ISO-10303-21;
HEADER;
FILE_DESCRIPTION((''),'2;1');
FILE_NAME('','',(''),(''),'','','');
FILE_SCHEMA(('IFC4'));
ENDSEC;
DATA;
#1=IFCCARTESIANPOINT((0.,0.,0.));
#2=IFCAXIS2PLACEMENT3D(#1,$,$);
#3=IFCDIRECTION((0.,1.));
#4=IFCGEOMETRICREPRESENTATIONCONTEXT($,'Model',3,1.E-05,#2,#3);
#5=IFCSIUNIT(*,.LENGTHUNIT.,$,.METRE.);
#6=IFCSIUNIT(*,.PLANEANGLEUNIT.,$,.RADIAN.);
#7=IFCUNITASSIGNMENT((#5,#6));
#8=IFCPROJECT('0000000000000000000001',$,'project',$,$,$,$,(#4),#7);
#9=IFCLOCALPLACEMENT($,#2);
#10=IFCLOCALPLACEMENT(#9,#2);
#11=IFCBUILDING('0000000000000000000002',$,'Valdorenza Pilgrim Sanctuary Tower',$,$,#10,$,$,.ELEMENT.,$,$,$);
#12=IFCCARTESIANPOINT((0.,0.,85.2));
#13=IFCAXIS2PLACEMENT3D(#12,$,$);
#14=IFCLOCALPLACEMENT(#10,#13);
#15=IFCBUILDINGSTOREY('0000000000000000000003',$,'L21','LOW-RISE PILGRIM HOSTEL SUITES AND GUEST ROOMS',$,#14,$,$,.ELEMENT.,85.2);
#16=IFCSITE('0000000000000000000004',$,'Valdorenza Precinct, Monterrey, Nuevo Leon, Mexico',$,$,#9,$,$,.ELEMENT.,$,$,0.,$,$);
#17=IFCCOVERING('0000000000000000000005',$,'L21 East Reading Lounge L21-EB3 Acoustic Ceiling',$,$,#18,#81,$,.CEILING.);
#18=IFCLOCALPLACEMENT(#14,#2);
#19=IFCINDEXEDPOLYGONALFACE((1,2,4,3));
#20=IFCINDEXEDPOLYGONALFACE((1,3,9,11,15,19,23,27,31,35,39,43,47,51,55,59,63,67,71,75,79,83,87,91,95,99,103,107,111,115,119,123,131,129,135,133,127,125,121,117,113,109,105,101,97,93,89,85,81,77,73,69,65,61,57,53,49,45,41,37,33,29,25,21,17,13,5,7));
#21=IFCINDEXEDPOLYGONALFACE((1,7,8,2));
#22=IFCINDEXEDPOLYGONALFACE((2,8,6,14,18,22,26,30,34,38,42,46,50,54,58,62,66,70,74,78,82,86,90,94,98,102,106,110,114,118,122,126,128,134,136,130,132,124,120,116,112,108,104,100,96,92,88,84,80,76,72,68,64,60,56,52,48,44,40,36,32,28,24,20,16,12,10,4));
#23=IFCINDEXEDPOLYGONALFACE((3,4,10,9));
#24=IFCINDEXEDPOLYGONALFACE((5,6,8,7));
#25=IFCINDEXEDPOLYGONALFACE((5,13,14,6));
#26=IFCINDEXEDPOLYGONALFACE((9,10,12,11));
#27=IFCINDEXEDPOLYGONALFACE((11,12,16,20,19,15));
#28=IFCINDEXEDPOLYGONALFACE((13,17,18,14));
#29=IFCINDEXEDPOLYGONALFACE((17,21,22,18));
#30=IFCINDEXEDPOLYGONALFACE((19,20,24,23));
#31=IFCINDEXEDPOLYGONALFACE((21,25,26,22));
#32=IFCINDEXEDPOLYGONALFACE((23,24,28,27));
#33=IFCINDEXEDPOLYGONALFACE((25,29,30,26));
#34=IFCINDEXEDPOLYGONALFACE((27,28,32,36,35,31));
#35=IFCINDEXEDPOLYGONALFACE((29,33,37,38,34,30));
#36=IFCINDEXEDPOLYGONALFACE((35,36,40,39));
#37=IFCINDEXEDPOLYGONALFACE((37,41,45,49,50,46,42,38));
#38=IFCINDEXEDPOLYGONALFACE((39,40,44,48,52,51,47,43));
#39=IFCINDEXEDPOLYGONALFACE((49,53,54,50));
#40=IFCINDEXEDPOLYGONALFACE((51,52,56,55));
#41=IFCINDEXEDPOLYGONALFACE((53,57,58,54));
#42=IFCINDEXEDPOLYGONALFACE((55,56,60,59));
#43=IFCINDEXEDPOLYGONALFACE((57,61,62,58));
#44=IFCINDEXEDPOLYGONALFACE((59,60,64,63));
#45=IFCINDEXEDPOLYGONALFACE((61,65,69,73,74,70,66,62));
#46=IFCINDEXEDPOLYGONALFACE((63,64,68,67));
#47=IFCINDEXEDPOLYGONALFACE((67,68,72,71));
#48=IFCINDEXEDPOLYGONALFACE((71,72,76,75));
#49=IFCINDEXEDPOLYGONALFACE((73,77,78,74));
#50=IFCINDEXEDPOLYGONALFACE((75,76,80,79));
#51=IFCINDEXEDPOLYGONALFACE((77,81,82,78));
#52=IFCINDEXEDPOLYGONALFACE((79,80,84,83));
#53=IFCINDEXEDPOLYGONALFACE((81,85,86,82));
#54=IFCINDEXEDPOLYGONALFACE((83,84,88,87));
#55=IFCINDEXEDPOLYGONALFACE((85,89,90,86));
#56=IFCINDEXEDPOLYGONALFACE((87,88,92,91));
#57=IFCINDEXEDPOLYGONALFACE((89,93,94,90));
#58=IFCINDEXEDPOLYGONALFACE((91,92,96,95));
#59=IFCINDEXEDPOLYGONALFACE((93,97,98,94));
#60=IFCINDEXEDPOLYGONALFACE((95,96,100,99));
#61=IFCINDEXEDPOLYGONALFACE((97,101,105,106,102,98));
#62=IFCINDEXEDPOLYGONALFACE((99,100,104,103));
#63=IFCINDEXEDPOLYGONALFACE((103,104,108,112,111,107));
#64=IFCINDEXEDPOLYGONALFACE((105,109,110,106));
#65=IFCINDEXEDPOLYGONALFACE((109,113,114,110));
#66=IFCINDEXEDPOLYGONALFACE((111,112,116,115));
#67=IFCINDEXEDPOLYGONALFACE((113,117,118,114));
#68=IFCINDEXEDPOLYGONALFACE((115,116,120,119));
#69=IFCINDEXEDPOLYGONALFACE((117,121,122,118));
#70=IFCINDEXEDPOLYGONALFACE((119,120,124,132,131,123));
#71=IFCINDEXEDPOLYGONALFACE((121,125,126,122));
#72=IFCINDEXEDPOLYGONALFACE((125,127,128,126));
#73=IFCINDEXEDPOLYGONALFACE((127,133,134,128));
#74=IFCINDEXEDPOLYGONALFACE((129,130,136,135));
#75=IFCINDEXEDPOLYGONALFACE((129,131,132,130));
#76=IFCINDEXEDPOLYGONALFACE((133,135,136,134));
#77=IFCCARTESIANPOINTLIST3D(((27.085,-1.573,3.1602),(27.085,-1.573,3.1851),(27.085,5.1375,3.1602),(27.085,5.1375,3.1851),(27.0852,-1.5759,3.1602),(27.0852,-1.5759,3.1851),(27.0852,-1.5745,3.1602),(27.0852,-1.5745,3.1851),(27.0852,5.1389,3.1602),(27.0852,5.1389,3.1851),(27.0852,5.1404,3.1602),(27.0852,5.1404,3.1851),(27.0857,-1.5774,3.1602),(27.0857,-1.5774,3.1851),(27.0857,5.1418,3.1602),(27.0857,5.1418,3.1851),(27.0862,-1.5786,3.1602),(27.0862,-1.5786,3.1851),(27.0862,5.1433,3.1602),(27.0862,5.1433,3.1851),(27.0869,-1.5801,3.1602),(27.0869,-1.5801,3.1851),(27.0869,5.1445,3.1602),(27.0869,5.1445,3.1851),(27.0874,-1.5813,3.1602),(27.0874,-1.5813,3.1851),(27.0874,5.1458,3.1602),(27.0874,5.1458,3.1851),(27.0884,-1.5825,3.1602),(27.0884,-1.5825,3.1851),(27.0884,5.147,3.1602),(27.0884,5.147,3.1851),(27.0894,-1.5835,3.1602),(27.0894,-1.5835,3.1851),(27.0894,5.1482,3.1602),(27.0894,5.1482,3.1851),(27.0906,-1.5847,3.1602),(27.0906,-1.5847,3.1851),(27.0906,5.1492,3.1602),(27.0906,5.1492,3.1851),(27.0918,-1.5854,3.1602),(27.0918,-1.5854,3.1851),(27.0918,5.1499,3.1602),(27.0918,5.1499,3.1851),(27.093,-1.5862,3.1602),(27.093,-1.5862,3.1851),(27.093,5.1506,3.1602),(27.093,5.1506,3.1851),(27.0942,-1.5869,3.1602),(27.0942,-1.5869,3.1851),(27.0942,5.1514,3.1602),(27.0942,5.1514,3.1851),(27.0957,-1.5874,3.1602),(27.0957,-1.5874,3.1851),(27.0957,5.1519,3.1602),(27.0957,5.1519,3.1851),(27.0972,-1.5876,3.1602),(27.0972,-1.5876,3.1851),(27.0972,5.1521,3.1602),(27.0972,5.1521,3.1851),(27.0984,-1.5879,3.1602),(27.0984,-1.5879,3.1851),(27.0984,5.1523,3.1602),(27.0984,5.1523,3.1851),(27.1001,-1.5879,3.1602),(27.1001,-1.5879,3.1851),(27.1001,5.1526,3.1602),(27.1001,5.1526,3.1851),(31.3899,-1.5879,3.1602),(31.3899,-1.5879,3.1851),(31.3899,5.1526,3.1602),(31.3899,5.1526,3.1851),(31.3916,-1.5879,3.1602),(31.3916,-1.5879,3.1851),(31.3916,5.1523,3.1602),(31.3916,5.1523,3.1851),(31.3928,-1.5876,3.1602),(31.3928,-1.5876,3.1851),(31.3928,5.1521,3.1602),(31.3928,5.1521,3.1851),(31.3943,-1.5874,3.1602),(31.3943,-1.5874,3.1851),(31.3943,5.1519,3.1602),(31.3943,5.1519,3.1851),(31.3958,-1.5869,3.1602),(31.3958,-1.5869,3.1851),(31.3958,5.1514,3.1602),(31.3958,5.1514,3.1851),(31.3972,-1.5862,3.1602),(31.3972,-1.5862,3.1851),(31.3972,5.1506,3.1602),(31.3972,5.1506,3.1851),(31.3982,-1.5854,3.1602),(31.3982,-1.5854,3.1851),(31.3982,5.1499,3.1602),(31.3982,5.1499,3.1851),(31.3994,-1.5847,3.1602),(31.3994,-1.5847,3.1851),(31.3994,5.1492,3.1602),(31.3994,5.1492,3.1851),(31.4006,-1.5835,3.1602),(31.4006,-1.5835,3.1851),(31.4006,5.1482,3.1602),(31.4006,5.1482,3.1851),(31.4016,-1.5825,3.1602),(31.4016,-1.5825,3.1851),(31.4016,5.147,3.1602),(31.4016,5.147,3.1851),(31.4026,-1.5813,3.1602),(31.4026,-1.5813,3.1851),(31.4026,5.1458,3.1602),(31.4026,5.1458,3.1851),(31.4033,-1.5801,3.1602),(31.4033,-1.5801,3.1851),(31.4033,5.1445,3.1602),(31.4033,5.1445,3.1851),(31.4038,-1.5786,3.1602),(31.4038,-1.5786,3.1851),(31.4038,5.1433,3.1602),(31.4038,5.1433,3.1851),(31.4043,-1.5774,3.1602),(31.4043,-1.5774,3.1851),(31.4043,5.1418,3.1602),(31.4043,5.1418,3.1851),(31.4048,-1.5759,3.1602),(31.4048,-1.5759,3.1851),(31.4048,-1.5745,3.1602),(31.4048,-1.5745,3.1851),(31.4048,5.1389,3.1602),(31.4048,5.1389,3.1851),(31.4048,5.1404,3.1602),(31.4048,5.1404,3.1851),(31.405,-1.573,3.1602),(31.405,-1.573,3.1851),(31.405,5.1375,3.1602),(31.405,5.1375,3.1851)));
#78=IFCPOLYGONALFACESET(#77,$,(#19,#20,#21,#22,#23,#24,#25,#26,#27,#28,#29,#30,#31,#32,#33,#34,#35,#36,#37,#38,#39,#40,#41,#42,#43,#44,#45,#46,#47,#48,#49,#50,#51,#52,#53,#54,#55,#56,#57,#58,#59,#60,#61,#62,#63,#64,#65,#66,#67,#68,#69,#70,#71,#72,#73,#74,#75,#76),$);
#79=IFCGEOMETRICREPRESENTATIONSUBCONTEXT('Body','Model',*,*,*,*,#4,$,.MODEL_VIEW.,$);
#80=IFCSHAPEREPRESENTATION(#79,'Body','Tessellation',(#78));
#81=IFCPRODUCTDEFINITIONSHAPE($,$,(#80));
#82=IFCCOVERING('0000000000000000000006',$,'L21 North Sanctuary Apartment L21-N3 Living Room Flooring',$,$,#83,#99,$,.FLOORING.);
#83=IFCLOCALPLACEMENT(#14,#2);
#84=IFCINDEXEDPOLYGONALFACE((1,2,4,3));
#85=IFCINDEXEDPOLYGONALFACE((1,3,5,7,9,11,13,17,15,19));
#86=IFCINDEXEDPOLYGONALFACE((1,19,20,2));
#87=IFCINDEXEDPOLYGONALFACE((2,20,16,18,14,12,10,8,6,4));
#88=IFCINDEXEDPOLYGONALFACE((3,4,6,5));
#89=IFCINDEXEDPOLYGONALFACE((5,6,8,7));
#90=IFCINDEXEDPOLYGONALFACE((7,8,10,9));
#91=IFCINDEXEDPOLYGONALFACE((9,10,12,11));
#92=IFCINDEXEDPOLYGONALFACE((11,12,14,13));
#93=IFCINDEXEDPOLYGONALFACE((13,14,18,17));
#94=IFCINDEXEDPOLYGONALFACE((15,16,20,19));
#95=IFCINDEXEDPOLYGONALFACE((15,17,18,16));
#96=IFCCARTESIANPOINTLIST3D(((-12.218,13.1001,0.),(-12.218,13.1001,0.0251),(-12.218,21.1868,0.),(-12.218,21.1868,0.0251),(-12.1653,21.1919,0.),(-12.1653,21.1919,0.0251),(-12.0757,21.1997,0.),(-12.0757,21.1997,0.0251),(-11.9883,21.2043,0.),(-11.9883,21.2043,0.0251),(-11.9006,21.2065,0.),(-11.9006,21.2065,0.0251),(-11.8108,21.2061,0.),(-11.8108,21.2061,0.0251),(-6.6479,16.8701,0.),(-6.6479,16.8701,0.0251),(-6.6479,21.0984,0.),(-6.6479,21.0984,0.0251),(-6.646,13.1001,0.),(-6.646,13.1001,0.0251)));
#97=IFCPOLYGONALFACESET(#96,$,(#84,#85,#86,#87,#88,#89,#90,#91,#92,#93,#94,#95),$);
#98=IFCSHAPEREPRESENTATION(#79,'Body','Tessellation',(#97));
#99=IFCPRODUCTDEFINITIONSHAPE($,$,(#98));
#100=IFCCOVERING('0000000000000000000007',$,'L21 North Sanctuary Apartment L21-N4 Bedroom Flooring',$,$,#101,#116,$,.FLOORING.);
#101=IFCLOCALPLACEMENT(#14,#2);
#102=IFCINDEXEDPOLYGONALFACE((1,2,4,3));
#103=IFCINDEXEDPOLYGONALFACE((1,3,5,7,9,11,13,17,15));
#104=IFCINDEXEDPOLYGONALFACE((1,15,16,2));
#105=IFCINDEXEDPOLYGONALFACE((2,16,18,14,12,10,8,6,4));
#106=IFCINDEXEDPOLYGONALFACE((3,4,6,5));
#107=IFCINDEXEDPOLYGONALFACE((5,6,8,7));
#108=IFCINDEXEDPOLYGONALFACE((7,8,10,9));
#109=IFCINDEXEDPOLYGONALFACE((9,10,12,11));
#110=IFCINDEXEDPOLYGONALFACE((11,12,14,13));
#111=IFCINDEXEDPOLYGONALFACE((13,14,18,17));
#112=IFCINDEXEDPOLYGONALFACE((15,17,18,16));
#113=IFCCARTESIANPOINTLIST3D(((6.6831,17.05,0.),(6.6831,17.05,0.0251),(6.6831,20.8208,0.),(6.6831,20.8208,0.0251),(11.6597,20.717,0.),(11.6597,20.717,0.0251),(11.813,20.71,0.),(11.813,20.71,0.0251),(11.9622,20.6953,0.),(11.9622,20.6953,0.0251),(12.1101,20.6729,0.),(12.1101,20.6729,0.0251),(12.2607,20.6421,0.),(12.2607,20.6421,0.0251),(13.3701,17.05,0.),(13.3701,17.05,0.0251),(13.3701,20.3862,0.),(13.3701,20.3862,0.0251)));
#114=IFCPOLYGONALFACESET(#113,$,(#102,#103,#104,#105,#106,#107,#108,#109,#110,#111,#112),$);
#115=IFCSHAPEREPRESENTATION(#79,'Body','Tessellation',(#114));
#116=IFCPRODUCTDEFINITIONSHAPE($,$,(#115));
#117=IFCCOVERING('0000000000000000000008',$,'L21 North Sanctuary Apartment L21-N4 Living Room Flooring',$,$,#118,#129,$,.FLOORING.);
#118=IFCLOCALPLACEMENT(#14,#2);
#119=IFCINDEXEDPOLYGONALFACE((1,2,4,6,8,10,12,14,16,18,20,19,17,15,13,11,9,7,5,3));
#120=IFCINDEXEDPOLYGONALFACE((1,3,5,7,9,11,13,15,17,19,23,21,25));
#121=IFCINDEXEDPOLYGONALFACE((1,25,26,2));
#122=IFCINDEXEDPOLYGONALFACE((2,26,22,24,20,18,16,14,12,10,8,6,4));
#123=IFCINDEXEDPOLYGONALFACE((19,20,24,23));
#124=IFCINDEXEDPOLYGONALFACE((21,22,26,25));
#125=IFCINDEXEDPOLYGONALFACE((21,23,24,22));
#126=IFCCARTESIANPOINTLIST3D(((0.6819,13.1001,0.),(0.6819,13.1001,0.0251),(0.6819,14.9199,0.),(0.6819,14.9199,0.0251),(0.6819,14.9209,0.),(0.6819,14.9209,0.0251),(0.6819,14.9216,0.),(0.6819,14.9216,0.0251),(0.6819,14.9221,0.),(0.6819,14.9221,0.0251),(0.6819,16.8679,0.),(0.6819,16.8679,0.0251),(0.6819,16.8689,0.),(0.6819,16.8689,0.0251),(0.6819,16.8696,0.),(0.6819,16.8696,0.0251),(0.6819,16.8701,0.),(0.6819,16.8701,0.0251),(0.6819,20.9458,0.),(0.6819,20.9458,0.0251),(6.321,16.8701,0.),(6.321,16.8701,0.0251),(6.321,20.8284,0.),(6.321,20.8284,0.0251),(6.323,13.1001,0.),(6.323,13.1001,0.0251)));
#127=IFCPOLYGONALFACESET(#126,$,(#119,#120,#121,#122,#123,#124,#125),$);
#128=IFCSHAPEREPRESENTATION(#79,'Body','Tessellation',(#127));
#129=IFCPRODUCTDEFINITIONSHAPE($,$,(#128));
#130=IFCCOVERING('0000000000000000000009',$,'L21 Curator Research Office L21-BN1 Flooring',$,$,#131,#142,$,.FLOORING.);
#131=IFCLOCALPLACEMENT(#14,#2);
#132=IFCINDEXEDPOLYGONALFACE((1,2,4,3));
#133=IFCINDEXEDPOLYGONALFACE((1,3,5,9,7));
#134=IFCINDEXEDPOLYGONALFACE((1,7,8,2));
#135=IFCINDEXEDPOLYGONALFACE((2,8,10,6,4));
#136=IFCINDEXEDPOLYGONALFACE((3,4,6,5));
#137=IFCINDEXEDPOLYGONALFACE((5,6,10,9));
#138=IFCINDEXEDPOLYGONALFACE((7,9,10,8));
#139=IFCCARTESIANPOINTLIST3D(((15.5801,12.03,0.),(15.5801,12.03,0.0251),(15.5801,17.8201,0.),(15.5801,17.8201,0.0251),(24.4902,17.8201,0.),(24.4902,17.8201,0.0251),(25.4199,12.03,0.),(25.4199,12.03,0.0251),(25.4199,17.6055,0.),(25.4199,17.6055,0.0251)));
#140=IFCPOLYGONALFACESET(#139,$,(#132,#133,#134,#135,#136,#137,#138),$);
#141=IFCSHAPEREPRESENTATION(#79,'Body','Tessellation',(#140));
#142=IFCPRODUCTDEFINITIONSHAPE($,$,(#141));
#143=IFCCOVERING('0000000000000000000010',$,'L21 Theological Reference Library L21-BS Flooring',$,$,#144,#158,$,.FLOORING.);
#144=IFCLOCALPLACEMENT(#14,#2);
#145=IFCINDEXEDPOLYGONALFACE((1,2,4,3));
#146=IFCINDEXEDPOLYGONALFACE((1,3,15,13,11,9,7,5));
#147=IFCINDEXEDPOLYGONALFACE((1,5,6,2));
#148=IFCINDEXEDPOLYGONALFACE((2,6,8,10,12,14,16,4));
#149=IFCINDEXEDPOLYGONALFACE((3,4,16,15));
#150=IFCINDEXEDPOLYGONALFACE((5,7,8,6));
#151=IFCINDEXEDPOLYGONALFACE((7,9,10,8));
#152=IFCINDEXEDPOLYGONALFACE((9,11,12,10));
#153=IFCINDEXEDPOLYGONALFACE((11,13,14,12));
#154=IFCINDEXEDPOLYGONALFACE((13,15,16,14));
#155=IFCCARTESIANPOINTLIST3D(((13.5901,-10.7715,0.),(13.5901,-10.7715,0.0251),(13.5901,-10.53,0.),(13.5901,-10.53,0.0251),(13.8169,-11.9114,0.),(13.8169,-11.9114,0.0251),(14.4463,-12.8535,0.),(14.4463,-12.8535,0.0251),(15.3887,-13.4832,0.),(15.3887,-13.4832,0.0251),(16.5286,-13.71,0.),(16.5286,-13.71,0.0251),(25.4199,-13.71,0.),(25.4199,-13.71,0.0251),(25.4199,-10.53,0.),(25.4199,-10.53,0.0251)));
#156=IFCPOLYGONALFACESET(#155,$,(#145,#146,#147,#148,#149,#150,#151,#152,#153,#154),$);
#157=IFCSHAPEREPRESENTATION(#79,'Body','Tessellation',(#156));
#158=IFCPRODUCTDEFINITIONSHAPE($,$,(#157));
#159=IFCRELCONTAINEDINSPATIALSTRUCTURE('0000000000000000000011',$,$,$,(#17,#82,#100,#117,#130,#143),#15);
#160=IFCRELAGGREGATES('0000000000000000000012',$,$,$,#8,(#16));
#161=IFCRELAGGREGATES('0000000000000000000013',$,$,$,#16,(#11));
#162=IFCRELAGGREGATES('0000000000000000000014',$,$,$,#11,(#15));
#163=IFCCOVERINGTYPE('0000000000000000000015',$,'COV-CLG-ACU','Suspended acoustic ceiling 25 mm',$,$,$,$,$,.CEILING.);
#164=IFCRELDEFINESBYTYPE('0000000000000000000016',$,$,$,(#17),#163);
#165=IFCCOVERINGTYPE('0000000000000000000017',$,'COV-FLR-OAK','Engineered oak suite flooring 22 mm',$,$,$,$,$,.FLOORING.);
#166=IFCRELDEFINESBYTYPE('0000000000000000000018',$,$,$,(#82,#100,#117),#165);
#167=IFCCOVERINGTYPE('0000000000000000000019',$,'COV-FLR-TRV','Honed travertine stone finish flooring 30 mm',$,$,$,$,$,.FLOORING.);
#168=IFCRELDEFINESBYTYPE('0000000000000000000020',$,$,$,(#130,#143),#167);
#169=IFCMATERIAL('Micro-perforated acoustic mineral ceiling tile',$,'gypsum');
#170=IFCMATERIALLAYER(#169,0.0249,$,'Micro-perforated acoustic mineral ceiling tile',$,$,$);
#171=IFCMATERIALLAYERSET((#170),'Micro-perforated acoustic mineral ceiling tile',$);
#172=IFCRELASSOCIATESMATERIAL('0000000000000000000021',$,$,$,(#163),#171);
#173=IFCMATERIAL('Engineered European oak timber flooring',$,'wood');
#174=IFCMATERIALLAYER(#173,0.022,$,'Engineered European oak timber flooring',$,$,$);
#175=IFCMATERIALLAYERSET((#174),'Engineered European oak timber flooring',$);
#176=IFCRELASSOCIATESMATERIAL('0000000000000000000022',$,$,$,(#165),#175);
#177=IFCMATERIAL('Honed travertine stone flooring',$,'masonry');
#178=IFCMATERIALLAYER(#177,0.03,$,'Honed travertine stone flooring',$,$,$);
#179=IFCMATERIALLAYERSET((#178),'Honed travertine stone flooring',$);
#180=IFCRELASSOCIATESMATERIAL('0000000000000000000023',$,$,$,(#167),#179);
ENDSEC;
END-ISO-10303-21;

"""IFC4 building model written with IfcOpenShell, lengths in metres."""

from ifc_helpers import new_model, si_unit, direction, frame, origin, place, context, subcontext, project, spatial, polyline, outline, extrude, material, layer, layer_set, type_object, element, save


model = new_model("IFC4")

# Units and contexts
model_context = context("Model", 3, precision=1e-05, world=origin(), true_north=direction((0.0, 1.0)))
body_context = subcontext(model_context, "Body", "Model", "MODEL_VIEW")
ifc_project = project(units=[si_unit("LENGTHUNIT", "METRE"), si_unit("PLANEANGLEUNIT", "RADIAN")], contexts=[model_context])

# Site, building, storey
site_placement = place(None, origin())
site = spatial("IfcSite", under=ifc_project, at=site_placement, Name="Valdorenza Precinct, Monterrey, Nuevo Leon, Mexico", CompositionType="ELEMENT", RefElevation=0.0)
building_placement = place(site_placement, origin())
building = spatial("IfcBuilding", under=site, at=building_placement, Name="Valdorenza Pilgrim Sanctuary Tower", CompositionType="ELEMENT")
storey_placement = place(building_placement, frame((0.0, 0.0, 85.2)))
storey = spatial("IfcBuildingStorey", under=building, at=storey_placement, Name="L21", Description="LOW-RISE PILGRIM HOSTEL SUITES AND GUEST ROOMS", CompositionType="ELEMENT", Elevation=85.2)

# Coverings
ifc_material_1 = material(Name="Micro-perforated acoustic mineral ceiling tile", Category="gypsum")
ifc_layer_1 = layer(ifc_material_1, 0.0249, Name="Micro-perforated acoustic mineral ceiling tile")
ifc_layer_set_1 = layer_set([ifc_layer_1], Name="Micro-perforated acoustic mineral ceiling tile")
covering_type_1 = type_object("IfcCoveringType", Name="COV-CLG-ACU", Description="Suspended acoustic ceiling 25 mm", PredefinedType="CEILING", material=ifc_layer_set_1)
covering_1_placement = place(storey_placement, frame((0.0, 0.0, 3.1602)))
element("IfcCovering", 1, at=covering_1_placement, inside=storey, type_object=covering_type_1, Name="L21 East Reading Lounge L21-EB3 Acoustic Ceiling", PredefinedType="CEILING", context=body_context, shape_type="SweptSolid", body=[
    extrude(outline(polyline([(27.085, 5.1375), (27.0852, 5.1389), (27.0852, 5.1404), (27.0857, 5.1418), (27.0862, 5.1433), (27.0869, 5.1445), (27.0874, 5.1458), (27.0884, 5.147), (27.0894, 5.1482), (27.0906, 5.1492), (27.0918, 5.1499), (27.093, 5.1506), (27.0942, 5.1514), (27.0957, 5.1519), (27.0972, 5.1521), (27.0984, 5.1523), (27.1001, 5.1526), (31.3899, 5.1526), (31.3916, 5.1523), (31.3928, 5.1521), (31.3943, 5.1519), (31.3958, 5.1514), (31.3972, 5.1506), (31.3982, 5.1499), (31.3994, 5.1492), (31.4006, 5.1482), (31.4016, 5.147), (31.4026, 5.1458), (31.4033, 5.1445), (31.4038, 5.1433), (31.4043, 5.1418), (31.4048, 5.1404), (31.4048, 5.1389), (31.405, 5.1375), (31.405, -1.573), (31.4048, -1.5745), (31.4048, -1.5759), (31.4043, -1.5774), (31.4038, -1.5786), (31.4033, -1.5801), (31.4026, -1.5813), (31.4016, -1.5825), (31.4006, -1.5835), (31.3994, -1.5847), (31.3982, -1.5854), (31.3972, -1.5862), (31.3958, -1.5869), (31.3943, -1.5874), (31.3928, -1.5876), (31.3916, -1.5879), (31.3899, -1.5879), (27.1001, -1.5879), (27.0984, -1.5879), (27.0972, -1.5876), (27.0957, -1.5874), (27.0942, -1.5869), (27.093, -1.5862), (27.0918, -1.5854), (27.0906, -1.5847), (27.0894, -1.5835), (27.0884, -1.5825), (27.0874, -1.5813), (27.0869, -1.5801), (27.0862, -1.5786), (27.0857, -1.5774), (27.0852, -1.5759), (27.0852, -1.5745), (27.085, -1.573), (27.085, 5.1375)])), origin(), (0.0, 0.0, 1.0), 0.0249),
])
ifc_material_2 = material(Name="Engineered European oak timber flooring", Category="wood")
ifc_layer_2 = layer(ifc_material_2, 0.022, Name="Engineered European oak timber flooring")
ifc_layer_set_2 = layer_set([ifc_layer_2], Name="Engineered European oak timber flooring")
covering_type_2 = type_object("IfcCoveringType", Name="COV-FLR-OAK", Description="Engineered oak suite flooring 22 mm", PredefinedType="FLOORING", material=ifc_layer_set_2)
covering_2_placement = place(storey_placement, origin())
element("IfcCovering", 2, at=covering_2_placement, inside=storey, type_object=covering_type_2, Name="L21 North Sanctuary Apartment L21-N3 Living Room Flooring", PredefinedType="FLOORING", context=body_context, shape_type="SweptSolid", body=[
    extrude(outline(polyline([(-12.218, 13.1001), (-12.218, 21.1868), (-12.1653, 21.1919), (-12.0757, 21.1997), (-11.9883, 21.2043), (-11.9006, 21.2065), (-11.8108, 21.2061), (-6.6479, 21.0984), (-6.6479, 16.8701), (-6.646, 13.1001), (-12.218, 13.1001)])), origin(), (0.0, 0.0, 1.0), 0.0251),
])
covering_3_placement = place(storey_placement, origin())
element("IfcCovering", 3, at=covering_3_placement, inside=storey, type_object=covering_type_2, Name="L21 North Sanctuary Apartment L21-N4 Bedroom Flooring", PredefinedType="FLOORING", context=body_context, shape_type="SweptSolid", body=[
    extrude(outline(polyline([(6.6831, 17.05), (6.6831, 20.8208), (11.6597, 20.717), (11.813, 20.71), (11.9622, 20.6953), (12.1101, 20.6729), (12.2607, 20.6421), (13.3701, 20.3862), (13.3701, 17.05), (6.6831, 17.05)])), origin(), (0.0, 0.0, 1.0), 0.0251),
])
covering_4_placement = place(storey_placement, origin())
element("IfcCovering", 4, at=covering_4_placement, inside=storey, type_object=covering_type_2, Name="L21 North Sanctuary Apartment L21-N4 Living Room Flooring", PredefinedType="FLOORING", context=body_context, shape_type="SweptSolid", body=[
    extrude(outline(polyline([(0.6819, 14.9216), (0.6819, 14.9221), (0.6819, 16.8679), (0.6819, 16.8689), (0.6819, 16.8696), (0.6819, 16.8701), (0.6819, 20.9458), (6.321, 20.8284), (6.321, 16.8701), (6.323, 13.1001), (0.6819, 13.1001), (0.6819, 14.9199), (0.6819, 14.9209), (0.6819, 14.9216)])), origin(), (0.0, 0.0, 1.0), 0.0251),
])
ifc_material_3 = material(Name="Honed travertine stone flooring", Category="masonry")
ifc_layer_3 = layer(ifc_material_3, 0.03, Name="Honed travertine stone flooring")
ifc_layer_set_3 = layer_set([ifc_layer_3], Name="Honed travertine stone flooring")
covering_type_3 = type_object("IfcCoveringType", Name="COV-FLR-TRV", Description="Honed travertine stone finish flooring 30 mm", PredefinedType="FLOORING", material=ifc_layer_set_3)
covering_5_placement = place(storey_placement, origin())
element("IfcCovering", 5, at=covering_5_placement, inside=storey, type_object=covering_type_3, Name="L21 Curator Research Office L21-BN1 Flooring", PredefinedType="FLOORING", context=body_context, shape_type="SweptSolid", body=[
    extrude(outline(polyline([(15.5801, 12.03), (15.5801, 17.8201), (24.4902, 17.8201), (25.4199, 17.6055), (25.4199, 12.03), (15.5801, 12.03)])), origin(), (0.0, 0.0, 1.0), 0.0251),
])
covering_6_placement = place(storey_placement, origin())
element("IfcCovering", 6, at=covering_6_placement, inside=storey, type_object=covering_type_3, Name="L21 Theological Reference Library L21-BS Flooring", PredefinedType="FLOORING", context=body_context, shape_type="SweptSolid", body=[
    extrude(outline(polyline([(25.4199, -13.71), (16.5286, -13.71), (15.3887, -13.4832), (14.4463, -12.8535), (13.8169, -11.9114), (13.5901, -10.7715), (13.5901, -10.53), (25.4199, -10.53), (25.4199, -13.71)])), origin(), (0.0, 0.0, 1.0), 0.0251),
])

save(model, "model.ifc")
